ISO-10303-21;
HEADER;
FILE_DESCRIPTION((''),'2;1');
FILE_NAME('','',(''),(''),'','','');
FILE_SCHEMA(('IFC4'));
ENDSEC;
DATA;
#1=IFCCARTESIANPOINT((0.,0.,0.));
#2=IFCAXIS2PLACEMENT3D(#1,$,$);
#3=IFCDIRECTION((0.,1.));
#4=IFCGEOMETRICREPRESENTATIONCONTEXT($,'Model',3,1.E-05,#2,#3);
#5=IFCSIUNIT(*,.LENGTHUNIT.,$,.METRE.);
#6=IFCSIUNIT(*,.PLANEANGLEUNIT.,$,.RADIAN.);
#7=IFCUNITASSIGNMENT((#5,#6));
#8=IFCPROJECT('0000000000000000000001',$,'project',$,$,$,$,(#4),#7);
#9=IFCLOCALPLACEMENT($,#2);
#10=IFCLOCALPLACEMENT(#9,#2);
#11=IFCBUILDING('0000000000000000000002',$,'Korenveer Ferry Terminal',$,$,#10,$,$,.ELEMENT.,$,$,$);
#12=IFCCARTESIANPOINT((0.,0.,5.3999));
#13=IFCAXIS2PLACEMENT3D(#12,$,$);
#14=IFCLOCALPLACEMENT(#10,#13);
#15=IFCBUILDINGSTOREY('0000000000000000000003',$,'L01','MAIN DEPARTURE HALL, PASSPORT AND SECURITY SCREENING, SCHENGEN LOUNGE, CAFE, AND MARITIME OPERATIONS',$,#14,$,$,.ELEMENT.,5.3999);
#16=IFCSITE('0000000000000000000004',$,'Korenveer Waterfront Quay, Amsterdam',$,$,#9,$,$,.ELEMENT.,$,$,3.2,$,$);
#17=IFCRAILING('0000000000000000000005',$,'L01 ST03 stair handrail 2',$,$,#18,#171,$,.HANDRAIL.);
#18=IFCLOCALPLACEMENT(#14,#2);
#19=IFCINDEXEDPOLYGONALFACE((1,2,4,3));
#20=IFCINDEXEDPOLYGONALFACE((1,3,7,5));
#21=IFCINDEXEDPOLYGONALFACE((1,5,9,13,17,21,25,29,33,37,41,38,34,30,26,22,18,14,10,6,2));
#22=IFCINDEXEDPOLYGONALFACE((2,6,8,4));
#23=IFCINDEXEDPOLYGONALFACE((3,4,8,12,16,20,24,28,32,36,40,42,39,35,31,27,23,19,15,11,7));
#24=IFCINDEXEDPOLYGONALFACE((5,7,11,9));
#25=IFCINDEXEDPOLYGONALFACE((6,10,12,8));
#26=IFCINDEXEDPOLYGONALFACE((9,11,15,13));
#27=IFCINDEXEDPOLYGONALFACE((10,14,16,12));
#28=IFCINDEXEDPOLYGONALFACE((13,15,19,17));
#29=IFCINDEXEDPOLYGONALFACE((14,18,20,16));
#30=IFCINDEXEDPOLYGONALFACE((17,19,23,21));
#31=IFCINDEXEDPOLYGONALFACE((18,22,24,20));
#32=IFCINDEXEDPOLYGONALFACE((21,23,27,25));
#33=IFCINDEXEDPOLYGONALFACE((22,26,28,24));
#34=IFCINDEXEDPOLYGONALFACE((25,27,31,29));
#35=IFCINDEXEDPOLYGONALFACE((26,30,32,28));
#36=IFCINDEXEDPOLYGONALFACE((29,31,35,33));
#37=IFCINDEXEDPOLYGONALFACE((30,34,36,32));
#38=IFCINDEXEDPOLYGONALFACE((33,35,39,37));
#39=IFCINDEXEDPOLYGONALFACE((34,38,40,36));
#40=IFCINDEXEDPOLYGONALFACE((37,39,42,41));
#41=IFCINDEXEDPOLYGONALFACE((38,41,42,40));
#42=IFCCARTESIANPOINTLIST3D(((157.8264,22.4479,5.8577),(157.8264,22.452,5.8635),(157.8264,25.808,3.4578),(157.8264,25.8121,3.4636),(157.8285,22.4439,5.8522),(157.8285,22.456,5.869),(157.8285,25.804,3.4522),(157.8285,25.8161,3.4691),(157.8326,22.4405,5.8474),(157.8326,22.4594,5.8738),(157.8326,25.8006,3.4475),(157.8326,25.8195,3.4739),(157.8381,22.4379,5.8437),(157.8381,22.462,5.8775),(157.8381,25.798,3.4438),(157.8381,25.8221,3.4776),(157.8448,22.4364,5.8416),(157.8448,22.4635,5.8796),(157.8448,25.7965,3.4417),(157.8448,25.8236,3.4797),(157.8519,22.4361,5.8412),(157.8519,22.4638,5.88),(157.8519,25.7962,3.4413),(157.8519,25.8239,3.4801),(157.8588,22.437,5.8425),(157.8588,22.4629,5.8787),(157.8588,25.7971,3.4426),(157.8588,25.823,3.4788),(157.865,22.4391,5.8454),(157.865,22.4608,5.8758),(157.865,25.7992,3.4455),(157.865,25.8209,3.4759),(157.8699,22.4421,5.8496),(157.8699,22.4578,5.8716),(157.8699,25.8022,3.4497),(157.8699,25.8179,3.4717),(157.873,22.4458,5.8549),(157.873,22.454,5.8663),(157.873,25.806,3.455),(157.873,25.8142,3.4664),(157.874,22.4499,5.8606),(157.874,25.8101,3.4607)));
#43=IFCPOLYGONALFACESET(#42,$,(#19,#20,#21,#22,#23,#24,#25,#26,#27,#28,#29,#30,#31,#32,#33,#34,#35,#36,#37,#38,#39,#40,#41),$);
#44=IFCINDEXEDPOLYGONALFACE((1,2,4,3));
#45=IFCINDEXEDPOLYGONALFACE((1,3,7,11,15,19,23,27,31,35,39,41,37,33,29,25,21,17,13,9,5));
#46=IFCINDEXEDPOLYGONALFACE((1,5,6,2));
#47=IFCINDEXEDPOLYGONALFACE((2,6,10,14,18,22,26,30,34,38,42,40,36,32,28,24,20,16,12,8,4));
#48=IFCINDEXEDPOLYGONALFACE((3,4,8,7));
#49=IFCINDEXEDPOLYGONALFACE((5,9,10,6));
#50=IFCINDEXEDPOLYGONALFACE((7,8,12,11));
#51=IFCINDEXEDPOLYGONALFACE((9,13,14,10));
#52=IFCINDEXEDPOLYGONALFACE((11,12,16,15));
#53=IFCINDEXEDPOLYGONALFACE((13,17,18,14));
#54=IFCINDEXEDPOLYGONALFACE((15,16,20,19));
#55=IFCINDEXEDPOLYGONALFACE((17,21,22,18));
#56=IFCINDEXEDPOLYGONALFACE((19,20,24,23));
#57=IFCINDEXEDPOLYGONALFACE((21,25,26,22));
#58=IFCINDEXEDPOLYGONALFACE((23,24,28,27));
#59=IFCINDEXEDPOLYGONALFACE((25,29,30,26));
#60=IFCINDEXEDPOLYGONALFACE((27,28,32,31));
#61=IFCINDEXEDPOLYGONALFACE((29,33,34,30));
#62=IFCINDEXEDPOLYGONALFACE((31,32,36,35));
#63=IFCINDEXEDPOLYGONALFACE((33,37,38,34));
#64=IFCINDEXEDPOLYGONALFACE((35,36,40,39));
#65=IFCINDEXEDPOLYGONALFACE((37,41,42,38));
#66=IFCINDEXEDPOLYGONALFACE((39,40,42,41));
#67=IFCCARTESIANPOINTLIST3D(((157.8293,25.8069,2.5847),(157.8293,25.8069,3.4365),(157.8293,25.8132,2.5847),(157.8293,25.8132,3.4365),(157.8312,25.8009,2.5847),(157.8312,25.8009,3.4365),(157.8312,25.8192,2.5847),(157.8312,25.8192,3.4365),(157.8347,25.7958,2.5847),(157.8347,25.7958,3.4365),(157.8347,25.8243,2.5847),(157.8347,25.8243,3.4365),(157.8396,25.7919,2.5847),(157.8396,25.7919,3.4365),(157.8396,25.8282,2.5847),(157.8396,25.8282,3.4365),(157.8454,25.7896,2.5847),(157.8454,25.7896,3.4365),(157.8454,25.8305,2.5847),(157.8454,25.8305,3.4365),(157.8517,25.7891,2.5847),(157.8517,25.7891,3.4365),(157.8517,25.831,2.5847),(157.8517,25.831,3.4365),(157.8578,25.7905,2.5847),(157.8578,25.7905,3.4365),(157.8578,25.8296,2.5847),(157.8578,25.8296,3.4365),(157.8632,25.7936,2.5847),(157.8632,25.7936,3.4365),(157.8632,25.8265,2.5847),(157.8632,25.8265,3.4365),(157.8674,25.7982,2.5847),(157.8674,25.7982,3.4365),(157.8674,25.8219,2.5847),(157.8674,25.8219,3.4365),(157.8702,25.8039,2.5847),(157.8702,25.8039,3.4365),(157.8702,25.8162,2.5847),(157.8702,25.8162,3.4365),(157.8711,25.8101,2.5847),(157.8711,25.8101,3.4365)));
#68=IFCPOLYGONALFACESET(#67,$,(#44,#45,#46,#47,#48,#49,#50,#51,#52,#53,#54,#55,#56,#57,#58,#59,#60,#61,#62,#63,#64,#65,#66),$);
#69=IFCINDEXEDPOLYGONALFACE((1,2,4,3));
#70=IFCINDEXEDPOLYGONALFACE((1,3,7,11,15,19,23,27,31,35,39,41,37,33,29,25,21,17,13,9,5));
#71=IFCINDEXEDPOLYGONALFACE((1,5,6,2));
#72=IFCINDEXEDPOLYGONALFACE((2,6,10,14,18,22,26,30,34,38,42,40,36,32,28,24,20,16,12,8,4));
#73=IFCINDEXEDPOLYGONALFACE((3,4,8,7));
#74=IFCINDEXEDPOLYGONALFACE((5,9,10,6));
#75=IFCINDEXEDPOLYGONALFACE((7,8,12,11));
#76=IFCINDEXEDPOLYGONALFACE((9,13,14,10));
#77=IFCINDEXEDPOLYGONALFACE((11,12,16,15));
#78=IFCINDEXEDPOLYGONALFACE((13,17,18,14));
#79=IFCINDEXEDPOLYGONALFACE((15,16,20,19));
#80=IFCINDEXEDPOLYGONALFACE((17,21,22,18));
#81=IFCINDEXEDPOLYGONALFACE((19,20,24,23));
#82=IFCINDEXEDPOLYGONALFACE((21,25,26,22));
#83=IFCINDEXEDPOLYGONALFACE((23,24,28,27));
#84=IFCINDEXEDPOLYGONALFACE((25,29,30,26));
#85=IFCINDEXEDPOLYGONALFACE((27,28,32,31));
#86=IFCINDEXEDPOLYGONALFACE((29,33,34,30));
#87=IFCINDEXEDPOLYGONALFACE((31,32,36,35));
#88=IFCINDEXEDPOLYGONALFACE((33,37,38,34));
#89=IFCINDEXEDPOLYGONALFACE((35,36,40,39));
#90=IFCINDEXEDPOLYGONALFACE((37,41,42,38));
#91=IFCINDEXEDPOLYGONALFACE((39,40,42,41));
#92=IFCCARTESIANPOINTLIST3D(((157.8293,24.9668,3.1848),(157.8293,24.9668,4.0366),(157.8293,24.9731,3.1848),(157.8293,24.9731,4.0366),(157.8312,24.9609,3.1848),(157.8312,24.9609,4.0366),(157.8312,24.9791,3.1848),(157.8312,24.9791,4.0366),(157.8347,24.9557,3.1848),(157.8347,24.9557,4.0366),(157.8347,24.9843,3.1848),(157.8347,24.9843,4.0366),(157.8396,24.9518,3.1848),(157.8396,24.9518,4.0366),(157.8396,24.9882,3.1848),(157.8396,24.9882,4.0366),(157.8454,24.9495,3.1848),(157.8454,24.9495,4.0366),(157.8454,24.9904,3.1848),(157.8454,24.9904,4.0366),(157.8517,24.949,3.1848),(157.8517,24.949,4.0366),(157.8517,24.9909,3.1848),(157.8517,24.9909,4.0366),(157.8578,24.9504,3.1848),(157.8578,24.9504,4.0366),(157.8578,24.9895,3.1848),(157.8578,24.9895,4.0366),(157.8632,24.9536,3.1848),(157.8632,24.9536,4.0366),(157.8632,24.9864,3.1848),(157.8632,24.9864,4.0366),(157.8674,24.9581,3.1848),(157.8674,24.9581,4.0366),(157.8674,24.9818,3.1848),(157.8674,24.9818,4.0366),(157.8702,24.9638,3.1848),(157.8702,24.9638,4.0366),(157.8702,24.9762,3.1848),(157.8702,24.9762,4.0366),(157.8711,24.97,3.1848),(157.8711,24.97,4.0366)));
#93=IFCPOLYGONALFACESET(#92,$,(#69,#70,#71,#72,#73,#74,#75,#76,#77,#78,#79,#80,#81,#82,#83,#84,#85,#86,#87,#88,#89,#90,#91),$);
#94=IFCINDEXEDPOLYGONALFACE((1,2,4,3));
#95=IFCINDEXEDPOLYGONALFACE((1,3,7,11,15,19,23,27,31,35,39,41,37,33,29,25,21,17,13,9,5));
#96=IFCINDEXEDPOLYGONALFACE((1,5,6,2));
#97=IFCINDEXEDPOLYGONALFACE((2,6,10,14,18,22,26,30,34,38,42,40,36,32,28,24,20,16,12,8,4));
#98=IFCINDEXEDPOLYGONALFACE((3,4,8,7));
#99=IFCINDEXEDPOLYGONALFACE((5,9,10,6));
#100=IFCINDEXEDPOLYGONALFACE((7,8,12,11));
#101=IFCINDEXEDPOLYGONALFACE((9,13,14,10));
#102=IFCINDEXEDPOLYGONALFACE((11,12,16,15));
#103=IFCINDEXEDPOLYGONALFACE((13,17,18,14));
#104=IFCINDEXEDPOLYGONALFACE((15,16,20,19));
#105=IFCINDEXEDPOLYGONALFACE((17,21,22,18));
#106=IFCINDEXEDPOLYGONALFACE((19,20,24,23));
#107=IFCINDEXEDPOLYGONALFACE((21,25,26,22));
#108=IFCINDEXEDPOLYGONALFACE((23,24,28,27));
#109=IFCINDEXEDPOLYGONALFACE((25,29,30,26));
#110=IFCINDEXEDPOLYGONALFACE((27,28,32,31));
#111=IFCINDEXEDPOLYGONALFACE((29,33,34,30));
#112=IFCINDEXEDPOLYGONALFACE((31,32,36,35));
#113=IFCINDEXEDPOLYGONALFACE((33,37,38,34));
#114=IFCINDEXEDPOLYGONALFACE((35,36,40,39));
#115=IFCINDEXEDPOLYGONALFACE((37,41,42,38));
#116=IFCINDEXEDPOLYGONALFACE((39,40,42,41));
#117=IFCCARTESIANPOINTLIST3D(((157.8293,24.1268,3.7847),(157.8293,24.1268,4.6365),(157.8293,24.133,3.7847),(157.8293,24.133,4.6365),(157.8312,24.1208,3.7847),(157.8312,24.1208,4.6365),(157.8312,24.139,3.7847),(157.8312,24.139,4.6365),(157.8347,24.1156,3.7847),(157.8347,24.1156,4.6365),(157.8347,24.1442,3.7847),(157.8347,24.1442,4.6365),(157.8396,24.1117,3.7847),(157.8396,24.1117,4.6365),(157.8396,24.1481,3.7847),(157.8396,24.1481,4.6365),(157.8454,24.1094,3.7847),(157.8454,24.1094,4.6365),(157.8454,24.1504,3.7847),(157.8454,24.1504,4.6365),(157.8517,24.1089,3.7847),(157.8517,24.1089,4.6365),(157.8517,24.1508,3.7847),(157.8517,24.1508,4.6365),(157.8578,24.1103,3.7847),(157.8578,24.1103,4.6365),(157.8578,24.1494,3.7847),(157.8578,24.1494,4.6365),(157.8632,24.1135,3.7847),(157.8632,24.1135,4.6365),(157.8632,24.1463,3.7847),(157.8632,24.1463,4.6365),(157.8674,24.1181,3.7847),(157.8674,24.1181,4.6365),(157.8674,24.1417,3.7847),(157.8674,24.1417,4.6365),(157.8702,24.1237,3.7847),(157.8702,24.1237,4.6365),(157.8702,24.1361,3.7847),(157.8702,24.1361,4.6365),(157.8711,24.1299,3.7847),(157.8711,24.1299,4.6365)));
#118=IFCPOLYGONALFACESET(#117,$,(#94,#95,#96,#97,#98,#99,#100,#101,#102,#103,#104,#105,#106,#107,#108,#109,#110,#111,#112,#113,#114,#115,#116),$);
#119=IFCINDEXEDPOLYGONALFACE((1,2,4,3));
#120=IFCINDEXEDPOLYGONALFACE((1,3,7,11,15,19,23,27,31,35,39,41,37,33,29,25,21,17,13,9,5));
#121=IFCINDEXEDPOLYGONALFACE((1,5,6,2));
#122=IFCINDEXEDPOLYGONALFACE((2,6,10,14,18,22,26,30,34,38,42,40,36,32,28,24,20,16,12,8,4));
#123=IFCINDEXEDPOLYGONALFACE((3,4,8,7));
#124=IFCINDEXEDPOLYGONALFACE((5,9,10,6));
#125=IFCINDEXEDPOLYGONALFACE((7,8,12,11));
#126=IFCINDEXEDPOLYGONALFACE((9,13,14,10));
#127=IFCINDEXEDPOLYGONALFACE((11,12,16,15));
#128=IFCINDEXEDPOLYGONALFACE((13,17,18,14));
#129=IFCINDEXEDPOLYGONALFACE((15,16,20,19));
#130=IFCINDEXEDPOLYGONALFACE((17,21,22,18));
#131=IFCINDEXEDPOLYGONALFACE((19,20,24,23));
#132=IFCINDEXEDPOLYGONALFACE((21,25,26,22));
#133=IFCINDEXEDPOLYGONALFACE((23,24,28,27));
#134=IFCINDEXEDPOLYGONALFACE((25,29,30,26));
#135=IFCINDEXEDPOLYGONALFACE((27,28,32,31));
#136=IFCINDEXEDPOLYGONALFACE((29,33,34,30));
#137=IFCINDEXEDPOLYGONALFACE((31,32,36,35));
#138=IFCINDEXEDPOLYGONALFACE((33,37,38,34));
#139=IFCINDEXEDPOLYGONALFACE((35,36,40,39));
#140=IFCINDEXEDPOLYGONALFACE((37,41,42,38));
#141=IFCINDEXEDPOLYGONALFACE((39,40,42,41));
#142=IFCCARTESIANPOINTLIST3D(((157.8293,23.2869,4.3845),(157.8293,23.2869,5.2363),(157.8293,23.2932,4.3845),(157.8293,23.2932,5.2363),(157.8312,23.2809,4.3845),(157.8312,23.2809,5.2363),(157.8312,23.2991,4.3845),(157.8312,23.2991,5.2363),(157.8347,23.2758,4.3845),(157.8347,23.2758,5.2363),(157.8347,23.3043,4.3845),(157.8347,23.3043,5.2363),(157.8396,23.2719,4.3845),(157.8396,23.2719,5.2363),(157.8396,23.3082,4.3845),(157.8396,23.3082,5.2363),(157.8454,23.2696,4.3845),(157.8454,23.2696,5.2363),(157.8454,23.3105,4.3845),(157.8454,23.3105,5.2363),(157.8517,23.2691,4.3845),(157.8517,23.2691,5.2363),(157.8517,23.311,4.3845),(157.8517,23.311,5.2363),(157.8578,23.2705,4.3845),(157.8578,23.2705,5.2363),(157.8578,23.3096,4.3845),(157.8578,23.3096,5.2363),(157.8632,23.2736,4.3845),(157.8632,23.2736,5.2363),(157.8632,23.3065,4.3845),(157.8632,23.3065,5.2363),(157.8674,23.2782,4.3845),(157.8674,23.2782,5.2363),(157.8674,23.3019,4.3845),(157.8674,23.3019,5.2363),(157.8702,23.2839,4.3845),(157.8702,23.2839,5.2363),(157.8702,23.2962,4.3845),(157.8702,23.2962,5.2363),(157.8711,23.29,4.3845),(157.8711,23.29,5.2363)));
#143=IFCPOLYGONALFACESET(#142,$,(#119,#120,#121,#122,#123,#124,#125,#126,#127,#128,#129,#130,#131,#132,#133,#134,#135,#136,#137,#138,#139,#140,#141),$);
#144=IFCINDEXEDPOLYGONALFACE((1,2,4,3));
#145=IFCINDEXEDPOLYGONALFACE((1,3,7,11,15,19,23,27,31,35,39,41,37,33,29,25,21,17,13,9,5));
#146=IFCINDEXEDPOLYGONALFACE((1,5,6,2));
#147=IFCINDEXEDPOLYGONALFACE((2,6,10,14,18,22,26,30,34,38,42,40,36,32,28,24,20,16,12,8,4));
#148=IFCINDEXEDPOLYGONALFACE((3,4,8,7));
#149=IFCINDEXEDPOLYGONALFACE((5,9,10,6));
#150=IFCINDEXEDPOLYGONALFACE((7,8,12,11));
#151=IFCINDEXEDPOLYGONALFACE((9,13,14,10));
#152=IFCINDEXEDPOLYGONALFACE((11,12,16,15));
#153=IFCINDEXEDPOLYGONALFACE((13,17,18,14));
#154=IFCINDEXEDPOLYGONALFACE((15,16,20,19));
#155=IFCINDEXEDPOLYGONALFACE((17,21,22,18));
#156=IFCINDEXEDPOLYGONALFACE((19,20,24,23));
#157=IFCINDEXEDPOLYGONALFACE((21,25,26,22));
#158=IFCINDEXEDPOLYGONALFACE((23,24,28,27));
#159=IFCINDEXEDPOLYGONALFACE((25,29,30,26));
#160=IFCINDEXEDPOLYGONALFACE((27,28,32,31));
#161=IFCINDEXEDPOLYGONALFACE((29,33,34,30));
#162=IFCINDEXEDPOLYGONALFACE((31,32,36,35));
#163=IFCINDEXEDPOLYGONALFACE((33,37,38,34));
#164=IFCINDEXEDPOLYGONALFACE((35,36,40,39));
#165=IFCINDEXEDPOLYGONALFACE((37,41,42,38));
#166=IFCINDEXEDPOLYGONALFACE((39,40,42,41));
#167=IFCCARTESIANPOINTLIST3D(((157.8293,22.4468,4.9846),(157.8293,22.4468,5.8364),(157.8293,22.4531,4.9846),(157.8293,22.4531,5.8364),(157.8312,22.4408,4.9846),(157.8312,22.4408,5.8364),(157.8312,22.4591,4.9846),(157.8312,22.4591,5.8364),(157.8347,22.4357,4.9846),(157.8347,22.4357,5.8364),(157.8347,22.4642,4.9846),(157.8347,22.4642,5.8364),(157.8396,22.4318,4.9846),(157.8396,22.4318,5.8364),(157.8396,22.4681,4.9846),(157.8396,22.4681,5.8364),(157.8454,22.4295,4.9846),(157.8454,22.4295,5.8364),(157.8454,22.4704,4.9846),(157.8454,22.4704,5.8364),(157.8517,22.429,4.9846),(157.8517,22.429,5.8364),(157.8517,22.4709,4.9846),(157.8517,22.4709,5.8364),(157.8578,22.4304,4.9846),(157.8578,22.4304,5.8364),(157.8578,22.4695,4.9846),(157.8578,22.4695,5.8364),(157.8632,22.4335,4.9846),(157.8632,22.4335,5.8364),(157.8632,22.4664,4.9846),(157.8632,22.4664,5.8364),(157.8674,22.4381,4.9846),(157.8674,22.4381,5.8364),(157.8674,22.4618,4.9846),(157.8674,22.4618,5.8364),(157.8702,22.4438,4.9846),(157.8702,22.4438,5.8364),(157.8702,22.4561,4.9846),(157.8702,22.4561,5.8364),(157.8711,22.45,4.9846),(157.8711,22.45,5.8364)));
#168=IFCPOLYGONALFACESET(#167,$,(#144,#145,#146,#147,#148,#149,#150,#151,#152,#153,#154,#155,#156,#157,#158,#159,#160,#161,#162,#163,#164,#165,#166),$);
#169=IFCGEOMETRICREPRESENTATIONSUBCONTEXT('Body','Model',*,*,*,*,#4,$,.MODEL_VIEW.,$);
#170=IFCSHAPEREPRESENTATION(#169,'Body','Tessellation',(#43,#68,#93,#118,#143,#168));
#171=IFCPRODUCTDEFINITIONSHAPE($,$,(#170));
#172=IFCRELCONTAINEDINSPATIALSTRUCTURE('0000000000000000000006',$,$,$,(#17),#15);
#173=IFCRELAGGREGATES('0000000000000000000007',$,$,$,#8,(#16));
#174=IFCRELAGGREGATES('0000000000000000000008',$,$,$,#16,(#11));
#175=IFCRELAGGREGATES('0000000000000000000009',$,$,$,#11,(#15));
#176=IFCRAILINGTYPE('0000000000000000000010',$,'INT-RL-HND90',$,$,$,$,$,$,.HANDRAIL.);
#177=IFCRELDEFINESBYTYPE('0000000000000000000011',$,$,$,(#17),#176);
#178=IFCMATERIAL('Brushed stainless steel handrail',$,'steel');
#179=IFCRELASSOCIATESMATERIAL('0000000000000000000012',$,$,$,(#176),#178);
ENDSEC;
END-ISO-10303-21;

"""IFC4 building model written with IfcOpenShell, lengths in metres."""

from ifc_helpers import new_model, si_unit, direction, frame, origin, origin_2d, place, context, subcontext, project, spatial, circle, extrude, material, type_object, element, save


model = new_model("IFC4")

# Units and contexts
model_context = context("Model", 3, precision=1e-05, world=origin(), true_north=direction((0.0, 1.0)))
body_context = subcontext(model_context, "Body", "Model", "MODEL_VIEW")
ifc_project = project(units=[si_unit("LENGTHUNIT", "METRE"), si_unit("PLANEANGLEUNIT", "RADIAN")], contexts=[model_context])

# Site, building, storey
site_placement = place(None, origin())
site = spatial("IfcSite", under=ifc_project, at=site_placement, Name="Korenveer Waterfront Quay, Amsterdam", CompositionType="ELEMENT", RefElevation=3.2)
building_placement = place(site_placement, origin())
building = spatial("IfcBuilding", under=site, at=building_placement, Name="Korenveer Ferry Terminal", CompositionType="ELEMENT")
storey_placement = place(building_placement, frame((0.0, 0.0, 5.3999)))
storey = spatial("IfcBuildingStorey", under=building, at=storey_placement, Name="L01", Description="MAIN DEPARTURE HALL, PASSPORT AND SECURITY SCREENING, SCHENGEN LOUNGE, CAFE, AND MARITIME OPERATIONS", CompositionType="ELEMENT", Elevation=5.3999)

# Railing
ifc_material_1 = material(Name="Brushed stainless steel handrail", Category="steel")
railing_type = type_object("IfcRailingType", Name="INT-RL-HND90", PredefinedType="HANDRAIL", material=ifc_material_1)
railing_placement = place(storey_placement, frame((157.8501, 25.8101, 2.5847)))
element("IfcRailing", 1, at=railing_placement, inside=storey, type_object=railing_type, Name="L01 ST03 stair handrail 2", PredefinedType="HANDRAIL", context=body_context, shape_type="SweptSolid", body=[
    extrude(circle(Radius=0.0239, at=origin_2d()), frame((0.0, 0.0, 0.876), z_axis=(0.0, -0.813753, 0.58121), x_axis=(1.0, 0.0, 0.0)), (0.0, 0.0, 1.0), 4.1292),
    extrude(circle(Radius=0.021, at=origin_2d()), origin(), (0.0, 0.0, 1.0), 0.8518),
    extrude(circle(Radius=0.021, at=origin_2d()), frame((0.0, -0.8401, 0.6001)), (0.0, 0.0, 1.0), 0.8518),
    extrude(circle(Radius=0.021, at=origin_2d()), frame((0.0, -1.6802, 1.2)), (0.0, 0.0, 1.0), 0.8518),
    extrude(circle(Radius=0.021, at=origin_2d()), frame((0.0, -2.52, 1.7998)), (0.0, 0.0, 1.0), 0.8518),
    extrude(circle(Radius=0.021, at=origin_2d()), frame((0.0, -3.3601, 2.3999)), (0.0, 0.0, 1.0), 0.8518),
])

save(model, "model.ifc")
